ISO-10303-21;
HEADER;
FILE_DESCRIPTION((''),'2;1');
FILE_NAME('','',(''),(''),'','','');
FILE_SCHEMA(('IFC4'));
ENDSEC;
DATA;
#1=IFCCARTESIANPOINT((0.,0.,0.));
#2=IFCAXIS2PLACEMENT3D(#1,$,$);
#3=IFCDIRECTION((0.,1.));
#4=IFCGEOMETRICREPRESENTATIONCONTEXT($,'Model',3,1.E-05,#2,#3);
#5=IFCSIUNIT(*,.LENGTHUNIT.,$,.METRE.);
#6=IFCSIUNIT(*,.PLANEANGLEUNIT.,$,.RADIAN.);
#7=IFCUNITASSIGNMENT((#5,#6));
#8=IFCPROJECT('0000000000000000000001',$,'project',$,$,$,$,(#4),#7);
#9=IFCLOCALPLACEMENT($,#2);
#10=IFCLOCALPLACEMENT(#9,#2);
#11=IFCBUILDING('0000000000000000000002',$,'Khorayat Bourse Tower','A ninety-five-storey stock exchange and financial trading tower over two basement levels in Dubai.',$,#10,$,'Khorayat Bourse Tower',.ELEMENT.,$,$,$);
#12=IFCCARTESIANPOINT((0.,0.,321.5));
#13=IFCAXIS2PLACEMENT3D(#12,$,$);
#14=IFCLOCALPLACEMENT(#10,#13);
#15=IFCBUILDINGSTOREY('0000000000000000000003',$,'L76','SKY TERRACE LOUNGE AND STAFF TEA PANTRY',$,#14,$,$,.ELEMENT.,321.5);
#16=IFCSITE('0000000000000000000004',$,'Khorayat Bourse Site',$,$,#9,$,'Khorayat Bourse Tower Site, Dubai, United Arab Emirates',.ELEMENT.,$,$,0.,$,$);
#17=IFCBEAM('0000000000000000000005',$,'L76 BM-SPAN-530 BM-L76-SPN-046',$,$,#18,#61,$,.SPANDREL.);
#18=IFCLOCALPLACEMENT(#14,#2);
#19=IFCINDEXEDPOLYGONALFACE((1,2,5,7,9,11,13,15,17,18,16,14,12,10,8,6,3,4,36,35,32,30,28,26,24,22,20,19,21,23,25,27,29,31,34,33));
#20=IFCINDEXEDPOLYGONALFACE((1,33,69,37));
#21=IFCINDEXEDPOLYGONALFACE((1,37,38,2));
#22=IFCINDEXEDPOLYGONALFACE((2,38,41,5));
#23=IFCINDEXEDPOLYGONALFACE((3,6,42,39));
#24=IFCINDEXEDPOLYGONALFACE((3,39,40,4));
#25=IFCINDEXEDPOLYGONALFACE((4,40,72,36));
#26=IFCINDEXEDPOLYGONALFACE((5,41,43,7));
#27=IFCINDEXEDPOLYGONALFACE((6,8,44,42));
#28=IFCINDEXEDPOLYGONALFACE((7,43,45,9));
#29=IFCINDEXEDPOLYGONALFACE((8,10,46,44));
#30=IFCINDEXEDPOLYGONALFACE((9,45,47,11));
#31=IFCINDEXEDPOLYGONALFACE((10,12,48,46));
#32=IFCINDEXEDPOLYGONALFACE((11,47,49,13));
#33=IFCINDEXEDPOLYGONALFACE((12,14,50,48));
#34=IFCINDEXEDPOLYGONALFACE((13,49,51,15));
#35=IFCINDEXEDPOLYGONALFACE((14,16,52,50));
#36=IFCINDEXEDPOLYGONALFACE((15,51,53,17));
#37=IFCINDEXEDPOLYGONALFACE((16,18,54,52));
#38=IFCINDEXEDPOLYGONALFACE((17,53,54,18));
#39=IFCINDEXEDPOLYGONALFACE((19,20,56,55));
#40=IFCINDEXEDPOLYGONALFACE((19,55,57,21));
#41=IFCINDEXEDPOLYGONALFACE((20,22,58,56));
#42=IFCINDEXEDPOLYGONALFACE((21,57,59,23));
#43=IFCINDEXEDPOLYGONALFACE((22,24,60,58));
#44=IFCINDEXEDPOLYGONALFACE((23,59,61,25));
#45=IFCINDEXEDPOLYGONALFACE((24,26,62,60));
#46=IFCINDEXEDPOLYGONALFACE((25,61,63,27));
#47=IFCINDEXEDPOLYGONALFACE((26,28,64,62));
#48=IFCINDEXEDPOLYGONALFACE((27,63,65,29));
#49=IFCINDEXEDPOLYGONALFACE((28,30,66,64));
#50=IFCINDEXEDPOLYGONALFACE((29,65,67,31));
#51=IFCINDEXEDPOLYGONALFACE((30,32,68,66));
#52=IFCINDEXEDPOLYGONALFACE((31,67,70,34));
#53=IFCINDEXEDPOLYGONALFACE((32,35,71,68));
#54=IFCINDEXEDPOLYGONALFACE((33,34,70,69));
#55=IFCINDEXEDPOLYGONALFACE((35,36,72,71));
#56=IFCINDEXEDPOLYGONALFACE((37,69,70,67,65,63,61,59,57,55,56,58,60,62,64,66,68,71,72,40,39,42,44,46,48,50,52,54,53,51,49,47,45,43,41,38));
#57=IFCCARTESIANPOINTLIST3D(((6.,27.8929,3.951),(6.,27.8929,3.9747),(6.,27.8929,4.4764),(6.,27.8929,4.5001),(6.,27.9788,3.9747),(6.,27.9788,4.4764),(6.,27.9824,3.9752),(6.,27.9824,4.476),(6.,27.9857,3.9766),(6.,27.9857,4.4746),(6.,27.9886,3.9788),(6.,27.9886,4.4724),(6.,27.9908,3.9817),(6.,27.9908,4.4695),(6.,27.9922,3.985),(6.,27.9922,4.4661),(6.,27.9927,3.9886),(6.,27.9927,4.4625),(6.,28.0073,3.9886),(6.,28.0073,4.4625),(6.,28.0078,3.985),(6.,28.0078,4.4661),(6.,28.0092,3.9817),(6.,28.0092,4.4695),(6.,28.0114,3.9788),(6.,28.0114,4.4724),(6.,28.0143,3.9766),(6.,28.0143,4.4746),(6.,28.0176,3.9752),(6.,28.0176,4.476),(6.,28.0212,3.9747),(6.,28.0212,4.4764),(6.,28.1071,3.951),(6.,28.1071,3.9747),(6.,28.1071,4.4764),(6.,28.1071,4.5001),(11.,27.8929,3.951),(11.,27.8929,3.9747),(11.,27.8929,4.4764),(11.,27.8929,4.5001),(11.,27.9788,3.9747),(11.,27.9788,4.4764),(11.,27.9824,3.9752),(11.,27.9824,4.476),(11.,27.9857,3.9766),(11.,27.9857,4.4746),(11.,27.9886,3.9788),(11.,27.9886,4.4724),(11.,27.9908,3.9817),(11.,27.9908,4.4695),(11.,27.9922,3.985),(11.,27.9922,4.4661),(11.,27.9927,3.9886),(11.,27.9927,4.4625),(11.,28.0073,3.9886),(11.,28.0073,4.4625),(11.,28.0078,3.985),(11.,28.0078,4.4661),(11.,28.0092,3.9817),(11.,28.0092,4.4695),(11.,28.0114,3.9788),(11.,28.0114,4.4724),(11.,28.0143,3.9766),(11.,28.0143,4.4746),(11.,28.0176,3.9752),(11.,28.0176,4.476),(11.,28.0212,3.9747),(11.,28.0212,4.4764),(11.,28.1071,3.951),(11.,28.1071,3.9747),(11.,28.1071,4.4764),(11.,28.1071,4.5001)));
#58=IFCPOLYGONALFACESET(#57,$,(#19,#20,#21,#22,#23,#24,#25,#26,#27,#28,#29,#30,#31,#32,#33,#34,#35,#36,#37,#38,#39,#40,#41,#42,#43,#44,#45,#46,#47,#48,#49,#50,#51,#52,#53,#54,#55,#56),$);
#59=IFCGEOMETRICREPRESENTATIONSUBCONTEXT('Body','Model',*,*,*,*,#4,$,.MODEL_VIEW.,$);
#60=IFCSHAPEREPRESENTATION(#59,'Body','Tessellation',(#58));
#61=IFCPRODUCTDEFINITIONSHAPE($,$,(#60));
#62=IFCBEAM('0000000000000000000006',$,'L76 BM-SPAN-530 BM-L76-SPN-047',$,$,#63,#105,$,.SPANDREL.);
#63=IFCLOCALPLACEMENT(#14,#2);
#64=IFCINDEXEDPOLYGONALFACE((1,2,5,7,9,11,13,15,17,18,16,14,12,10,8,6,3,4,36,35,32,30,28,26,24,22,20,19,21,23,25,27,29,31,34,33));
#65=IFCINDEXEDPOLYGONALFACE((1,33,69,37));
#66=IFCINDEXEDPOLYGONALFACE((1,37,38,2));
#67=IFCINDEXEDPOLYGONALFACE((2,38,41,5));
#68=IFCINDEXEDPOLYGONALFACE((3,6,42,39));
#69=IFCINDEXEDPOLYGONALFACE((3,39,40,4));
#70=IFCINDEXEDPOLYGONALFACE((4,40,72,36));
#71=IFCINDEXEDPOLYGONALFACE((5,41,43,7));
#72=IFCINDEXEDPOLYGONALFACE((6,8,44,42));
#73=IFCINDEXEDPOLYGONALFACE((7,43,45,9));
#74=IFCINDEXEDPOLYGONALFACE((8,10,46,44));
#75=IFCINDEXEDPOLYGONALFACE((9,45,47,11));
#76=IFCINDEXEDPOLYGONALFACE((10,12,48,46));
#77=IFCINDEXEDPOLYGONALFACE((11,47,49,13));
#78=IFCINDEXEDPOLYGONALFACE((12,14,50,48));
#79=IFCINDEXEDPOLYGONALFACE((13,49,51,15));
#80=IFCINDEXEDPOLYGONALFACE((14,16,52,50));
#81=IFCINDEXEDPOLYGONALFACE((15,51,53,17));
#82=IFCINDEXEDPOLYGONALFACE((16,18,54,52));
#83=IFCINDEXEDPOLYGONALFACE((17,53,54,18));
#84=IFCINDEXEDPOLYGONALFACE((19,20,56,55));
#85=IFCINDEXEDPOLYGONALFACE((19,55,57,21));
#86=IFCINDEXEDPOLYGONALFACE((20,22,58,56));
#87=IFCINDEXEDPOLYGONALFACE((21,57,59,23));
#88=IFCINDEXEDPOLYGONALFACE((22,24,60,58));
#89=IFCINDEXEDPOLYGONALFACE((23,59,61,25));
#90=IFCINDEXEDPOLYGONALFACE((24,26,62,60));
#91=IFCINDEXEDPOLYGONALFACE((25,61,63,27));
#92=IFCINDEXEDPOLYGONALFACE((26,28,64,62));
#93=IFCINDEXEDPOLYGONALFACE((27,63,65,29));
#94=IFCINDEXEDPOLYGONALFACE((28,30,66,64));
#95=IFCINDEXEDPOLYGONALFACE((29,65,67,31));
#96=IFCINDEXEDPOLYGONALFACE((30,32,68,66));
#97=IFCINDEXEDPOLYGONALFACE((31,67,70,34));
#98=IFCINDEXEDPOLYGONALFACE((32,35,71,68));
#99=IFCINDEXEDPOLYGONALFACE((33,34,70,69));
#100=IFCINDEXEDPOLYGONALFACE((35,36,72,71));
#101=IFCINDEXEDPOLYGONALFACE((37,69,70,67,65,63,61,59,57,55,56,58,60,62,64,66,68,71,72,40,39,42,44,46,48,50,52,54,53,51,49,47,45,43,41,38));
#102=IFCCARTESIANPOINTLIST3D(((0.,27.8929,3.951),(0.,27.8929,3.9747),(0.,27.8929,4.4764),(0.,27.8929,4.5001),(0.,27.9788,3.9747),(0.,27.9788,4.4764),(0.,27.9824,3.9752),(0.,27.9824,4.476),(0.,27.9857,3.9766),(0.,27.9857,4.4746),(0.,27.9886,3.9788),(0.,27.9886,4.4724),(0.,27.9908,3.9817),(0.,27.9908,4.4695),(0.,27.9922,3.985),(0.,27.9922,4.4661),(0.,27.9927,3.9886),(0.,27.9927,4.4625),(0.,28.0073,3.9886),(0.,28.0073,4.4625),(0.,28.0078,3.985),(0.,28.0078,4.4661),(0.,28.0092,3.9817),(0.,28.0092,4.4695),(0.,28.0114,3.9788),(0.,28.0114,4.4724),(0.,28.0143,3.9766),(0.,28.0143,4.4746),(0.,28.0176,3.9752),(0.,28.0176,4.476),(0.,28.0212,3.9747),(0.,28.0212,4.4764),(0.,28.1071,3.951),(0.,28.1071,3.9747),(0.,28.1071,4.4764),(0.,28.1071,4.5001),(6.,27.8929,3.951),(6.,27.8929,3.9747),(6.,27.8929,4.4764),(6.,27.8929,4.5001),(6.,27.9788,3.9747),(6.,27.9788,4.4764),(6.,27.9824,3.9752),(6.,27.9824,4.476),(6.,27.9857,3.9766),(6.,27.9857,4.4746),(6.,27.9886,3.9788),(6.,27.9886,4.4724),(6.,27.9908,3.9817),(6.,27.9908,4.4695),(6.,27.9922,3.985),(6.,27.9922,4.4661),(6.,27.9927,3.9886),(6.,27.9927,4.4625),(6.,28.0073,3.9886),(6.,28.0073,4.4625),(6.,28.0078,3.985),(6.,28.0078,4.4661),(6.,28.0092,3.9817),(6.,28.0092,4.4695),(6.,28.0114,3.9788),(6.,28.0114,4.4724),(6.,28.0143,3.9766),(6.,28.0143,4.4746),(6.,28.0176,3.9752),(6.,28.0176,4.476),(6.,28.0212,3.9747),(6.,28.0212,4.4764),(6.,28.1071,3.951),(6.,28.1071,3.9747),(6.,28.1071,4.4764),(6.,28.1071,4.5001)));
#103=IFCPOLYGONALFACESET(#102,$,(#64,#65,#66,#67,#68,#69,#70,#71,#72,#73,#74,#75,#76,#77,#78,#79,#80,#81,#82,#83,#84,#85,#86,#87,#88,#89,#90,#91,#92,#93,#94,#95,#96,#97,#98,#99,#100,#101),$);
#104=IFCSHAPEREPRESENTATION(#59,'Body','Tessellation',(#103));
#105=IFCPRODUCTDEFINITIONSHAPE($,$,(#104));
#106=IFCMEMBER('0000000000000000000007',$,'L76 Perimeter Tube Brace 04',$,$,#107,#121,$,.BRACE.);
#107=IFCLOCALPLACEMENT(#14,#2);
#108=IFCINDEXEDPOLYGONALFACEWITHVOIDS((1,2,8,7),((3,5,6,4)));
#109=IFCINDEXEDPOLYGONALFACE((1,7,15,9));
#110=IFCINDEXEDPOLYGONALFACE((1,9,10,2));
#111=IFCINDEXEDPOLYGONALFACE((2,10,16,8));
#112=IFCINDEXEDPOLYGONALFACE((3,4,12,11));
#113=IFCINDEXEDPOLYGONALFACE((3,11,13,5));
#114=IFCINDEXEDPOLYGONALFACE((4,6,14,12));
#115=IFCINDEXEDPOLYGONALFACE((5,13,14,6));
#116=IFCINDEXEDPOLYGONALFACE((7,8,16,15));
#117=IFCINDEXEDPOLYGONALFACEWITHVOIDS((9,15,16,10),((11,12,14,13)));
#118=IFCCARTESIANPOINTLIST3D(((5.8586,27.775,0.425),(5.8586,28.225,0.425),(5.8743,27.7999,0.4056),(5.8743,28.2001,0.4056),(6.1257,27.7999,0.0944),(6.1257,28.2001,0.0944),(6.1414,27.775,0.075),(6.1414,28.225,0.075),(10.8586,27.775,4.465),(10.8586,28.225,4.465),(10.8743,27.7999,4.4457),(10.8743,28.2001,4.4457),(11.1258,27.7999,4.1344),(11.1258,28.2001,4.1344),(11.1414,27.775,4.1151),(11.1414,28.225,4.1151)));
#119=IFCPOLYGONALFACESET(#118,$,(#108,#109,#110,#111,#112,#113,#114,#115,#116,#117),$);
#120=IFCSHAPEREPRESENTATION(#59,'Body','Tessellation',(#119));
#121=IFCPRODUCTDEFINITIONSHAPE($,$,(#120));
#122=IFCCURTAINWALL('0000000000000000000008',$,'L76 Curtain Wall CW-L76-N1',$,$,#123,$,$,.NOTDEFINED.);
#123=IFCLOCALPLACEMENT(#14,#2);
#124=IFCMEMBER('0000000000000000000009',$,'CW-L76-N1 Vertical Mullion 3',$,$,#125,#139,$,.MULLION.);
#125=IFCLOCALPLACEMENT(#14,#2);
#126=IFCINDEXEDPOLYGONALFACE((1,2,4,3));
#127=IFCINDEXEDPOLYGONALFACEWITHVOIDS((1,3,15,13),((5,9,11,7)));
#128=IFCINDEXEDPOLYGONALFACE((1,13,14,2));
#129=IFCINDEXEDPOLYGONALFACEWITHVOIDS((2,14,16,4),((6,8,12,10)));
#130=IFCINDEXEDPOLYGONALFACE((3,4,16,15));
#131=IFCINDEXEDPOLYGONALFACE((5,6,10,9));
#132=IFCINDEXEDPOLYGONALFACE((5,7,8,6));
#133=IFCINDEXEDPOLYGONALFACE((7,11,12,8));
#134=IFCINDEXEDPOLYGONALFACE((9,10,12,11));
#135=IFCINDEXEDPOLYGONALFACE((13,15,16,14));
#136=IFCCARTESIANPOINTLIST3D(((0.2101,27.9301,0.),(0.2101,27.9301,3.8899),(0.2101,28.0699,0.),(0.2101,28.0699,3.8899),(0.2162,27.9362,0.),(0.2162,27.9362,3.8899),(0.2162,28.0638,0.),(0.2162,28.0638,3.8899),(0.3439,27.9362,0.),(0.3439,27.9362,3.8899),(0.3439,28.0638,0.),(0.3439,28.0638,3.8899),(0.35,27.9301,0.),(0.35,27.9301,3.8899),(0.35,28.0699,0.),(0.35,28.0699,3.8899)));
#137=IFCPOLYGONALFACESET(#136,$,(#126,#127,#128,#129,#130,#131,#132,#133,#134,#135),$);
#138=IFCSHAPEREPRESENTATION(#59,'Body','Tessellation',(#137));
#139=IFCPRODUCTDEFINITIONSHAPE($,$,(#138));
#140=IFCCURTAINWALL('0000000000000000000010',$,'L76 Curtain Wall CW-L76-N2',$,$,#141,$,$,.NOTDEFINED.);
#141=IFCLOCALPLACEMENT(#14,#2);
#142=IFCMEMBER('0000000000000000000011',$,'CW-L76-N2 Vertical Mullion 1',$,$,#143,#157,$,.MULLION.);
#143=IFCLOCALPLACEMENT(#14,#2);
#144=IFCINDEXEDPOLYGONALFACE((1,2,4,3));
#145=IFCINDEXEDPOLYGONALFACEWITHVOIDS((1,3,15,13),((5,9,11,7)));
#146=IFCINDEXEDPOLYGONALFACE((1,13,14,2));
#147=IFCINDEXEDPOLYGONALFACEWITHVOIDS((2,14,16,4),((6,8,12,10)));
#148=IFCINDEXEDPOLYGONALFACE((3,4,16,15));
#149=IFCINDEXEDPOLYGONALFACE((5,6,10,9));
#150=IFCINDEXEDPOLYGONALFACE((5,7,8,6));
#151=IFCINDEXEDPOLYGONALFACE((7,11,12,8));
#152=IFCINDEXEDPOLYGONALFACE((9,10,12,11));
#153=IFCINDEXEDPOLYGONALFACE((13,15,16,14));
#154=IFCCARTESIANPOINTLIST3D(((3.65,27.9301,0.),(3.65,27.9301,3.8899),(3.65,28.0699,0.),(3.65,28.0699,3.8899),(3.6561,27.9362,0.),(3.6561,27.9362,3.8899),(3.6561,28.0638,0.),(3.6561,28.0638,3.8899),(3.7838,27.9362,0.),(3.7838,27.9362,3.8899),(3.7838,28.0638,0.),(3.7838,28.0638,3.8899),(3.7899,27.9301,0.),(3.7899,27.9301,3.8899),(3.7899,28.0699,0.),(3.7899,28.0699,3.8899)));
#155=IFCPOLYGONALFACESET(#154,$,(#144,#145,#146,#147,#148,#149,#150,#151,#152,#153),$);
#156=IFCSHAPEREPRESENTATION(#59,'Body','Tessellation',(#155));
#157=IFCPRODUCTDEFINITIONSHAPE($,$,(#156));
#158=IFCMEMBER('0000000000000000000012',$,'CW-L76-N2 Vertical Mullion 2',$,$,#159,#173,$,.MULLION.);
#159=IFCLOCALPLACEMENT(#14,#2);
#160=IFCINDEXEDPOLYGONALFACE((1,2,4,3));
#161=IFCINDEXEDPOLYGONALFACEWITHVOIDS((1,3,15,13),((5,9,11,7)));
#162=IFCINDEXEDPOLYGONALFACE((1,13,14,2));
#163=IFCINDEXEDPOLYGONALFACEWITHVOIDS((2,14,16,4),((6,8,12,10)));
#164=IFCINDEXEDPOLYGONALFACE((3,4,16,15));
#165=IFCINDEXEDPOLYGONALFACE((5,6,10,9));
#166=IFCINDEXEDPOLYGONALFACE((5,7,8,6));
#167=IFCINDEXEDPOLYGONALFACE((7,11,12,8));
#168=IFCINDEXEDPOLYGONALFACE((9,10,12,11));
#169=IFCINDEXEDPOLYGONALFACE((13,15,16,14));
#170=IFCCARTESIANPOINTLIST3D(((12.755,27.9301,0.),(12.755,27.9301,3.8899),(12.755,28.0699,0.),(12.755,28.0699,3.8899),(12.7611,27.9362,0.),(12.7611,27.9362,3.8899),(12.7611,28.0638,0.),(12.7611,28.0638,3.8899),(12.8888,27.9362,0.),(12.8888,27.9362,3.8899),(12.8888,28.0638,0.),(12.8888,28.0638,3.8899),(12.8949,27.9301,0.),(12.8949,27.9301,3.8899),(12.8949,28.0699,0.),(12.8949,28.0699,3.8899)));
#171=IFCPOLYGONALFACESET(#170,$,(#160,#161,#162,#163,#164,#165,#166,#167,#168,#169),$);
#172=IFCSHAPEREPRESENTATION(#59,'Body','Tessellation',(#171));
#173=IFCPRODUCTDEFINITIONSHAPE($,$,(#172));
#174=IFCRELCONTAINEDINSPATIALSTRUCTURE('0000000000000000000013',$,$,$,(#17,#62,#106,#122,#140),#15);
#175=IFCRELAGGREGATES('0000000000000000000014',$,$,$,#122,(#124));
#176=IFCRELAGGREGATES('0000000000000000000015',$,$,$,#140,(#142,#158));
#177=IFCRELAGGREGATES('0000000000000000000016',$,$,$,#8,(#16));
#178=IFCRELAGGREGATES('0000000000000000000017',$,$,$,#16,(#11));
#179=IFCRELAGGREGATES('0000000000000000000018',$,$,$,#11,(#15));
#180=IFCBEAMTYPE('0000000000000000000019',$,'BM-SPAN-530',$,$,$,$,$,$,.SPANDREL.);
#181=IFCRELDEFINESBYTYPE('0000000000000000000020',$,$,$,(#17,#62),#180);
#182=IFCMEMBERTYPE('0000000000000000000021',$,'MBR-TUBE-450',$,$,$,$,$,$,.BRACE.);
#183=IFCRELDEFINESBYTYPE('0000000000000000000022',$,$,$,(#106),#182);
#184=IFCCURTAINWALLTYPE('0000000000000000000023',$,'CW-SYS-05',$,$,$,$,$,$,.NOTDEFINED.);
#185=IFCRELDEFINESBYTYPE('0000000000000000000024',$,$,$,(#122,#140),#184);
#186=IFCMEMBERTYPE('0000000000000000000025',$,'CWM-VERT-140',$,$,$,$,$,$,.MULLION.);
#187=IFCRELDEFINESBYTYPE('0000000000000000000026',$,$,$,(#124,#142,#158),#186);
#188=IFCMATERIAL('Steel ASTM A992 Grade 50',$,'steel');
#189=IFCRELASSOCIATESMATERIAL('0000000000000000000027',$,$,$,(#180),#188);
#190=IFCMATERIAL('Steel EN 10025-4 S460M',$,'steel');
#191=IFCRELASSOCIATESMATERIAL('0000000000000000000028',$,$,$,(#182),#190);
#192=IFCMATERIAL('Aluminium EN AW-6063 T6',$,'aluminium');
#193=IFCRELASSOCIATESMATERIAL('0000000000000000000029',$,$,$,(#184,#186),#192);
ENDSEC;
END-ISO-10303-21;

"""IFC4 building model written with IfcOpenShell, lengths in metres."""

from ifc_helpers import new_model, si_unit, direction, frame, origin, origin_2d, place, context, subcontext, project, spatial, hollow_rectangle, i_section, extrude, source, transform, mapped, material, material_profile, profile_set, type_object, element, aggregate, save


model = new_model("IFC4")

# Units and contexts
model_context = context("Model", 3, precision=1e-05, world=origin(), true_north=direction((0.0, 1.0)))
body_context = subcontext(model_context, "Body", "Model", "MODEL_VIEW")
ifc_project = project(units=[si_unit("LENGTHUNIT", "METRE"), si_unit("PLANEANGLEUNIT", "RADIAN")], contexts=[model_context])

# Site, building, storey
site_placement = place(None, origin())
site = spatial("IfcSite", under=ifc_project, at=site_placement, Name="Khorayat Bourse Site", LongName="Khorayat Bourse Tower Site, Dubai, United Arab Emirates", CompositionType="ELEMENT", RefElevation=0.0)
building_placement = place(site_placement, origin())
building = spatial("IfcBuilding", under=site, at=building_placement, Name="Khorayat Bourse Tower", Description="A ninety-five-storey stock exchange and financial trading tower over two basement levels in Dubai.", LongName="Khorayat Bourse Tower", CompositionType="ELEMENT")
storey_placement = place(building_placement, frame((0.0, 0.0, 321.5)))
storey = spatial("IfcBuildingStorey", under=building, at=storey_placement, Name="L76", Description="SKY TERRACE LOUNGE AND STAFF TEA PANTRY", CompositionType="ELEMENT", Elevation=321.5)

# Shared definitions
ifc_material_1 = material(Name="Steel EN 10025-4 S460M", Category="steel")

# Beams
ifc_material_2 = material(Name="Steel ASTM A992 Grade 50", Category="steel")
ifc_material_profile_1 = material_profile(ifc_material_2, i_section(OverallWidth=0.2141, OverallDepth=0.5491, WebThickness=0.0146, FlangeThickness=0.0237, FilletRadius=0.0139, at=origin_2d()), Name="W530X138")
ifc_profile_set_1 = profile_set([ifc_material_profile_1], Name="Steel ASTM A992 Grade 50")
beam_type_1 = type_object("IfcBeamType", Name="BM-SPAN-530", PredefinedType="SPANDREL", material=ifc_profile_set_1)
shared_shape_1 = source(origin(), body_context, "Body", "SweptSolid", [
    extrude(i_section(OverallWidth=0.2141, OverallDepth=0.5491, WebThickness=0.0146, FlangeThickness=0.0237, FilletRadius=0.0139, at=origin_2d()), origin(), (0.0, 0.0, 1.0), 5.0),
])
beam_1_placement = place(storey_placement, frame((6.0, 28.0, 4.2256), z_axis=(1.0, 0.0, 0.0), x_axis=(0.0, 1.0, 0.0)))
element("IfcBeam", 1, at=beam_1_placement, inside=storey, type_object=beam_type_1, Name="L76 BM-SPAN-530 BM-L76-SPN-046", PredefinedType="SPANDREL", context=body_context, shape_type="MappedRepresentation", body=[
    mapped(shared_shape_1, transform((0.0, 0.0, 0.0), scale=1.0)),
])
shared_shape_2 = source(origin(), body_context, "Body", "SweptSolid", [
    extrude(i_section(OverallWidth=0.2141, OverallDepth=0.5491, WebThickness=0.0146, FlangeThickness=0.0237, FilletRadius=0.0139, at=origin_2d()), origin(), (0.0, 0.0, 1.0), 6.0),
])
beam_2_placement = place(storey_placement, frame((0.0, 28.0, 4.2256), z_axis=(1.0, 0.0, 0.0), x_axis=(0.0, 1.0, 0.0)))
element("IfcBeam", 2, at=beam_2_placement, inside=storey, type_object=beam_type_1, Name="L76 BM-SPAN-530 BM-L76-SPN-047", PredefinedType="SPANDREL", context=body_context, shape_type="MappedRepresentation", body=[
    mapped(shared_shape_2, transform((0.0, 0.0, 0.0), scale=1.0)),
])

# Member
ifc_material_profile_2 = material_profile(ifc_material_1, hollow_rectangle(XDim=0.45, YDim=0.45, WallThickness=0.0249, at=origin_2d()), Name="HSS 450x450x25")
ifc_profile_set_2 = profile_set([ifc_material_profile_2], Name="Steel EN 10025-4 S460M")
member_type_1 = type_object("IfcMemberType", Name="MBR-TUBE-450", PredefinedType="BRACE", material=ifc_profile_set_2)
shared_shape_3 = source(origin(), body_context, "Body", "SweptSolid", [
    extrude(hollow_rectangle(XDim=0.45, YDim=0.45, WallThickness=0.0249, at=origin_2d()), origin(), (0.0, 0.0, 1.0), 6.4282),
])
member_1_placement = place(storey_placement, frame((6.0, 28.0, 0.25), z_axis=(0.777821, 0.0, 0.628486), x_axis=(0.0, 1.0, 0.0)))
element("IfcMember", 3, at=member_1_placement, inside=storey, type_object=member_type_1, Name="L76 Perimeter Tube Brace 04", PredefinedType="BRACE", context=body_context, shape_type="MappedRepresentation", body=[
    mapped(shared_shape_3, transform((0.0, 0.0, 0.0), scale=1.0)),
])

# Curtain wall, member
ifc_material_3 = material(Name="Aluminium EN AW-6063 T6", Category="aluminium")
curtain_wall_type = type_object("IfcCurtainWallType", Name="CW-SYS-05", PredefinedType="NOTDEFINED", material=ifc_material_3)
curtain_wall_1_placement = place(storey_placement, origin())
curtain_wall_1 = element("IfcCurtainWall", 4, at=curtain_wall_1_placement, inside=storey, type_object=curtain_wall_type, Name="L76 Curtain Wall CW-L76-N1", PredefinedType="NOTDEFINED")
ifc_material_profile_3 = material_profile(ifc_material_3, hollow_rectangle(XDim=0.1399, YDim=0.1399, WallThickness=0.0061, at=origin_2d()), Name="ALU 140x140x6")
ifc_profile_set_3 = profile_set([ifc_material_profile_3], Name="Aluminium EN AW-6063 T6")
member_type_2 = type_object("IfcMemberType", Name="CWM-VERT-140", PredefinedType="MULLION", material=ifc_profile_set_3)
shared_shape_4 = source(origin(), body_context, "Body", "SweptSolid", [
    extrude(hollow_rectangle(XDim=0.1399, YDim=0.1399, WallThickness=0.0061, at=origin_2d()), origin(), (0.0, 0.0, 1.0), 3.8899),
])
member_2_placement = place(storey_placement, frame((0.28, 28.0, 0.0), z_axis=(0.0, 0.0, 1.0), x_axis=(0.0, 1.0, 0.0)))
member_2 = element("IfcMember", 5, at=member_2_placement, type_object=member_type_2, Name="CW-L76-N1 Vertical Mullion 3", PredefinedType="MULLION", context=body_context, shape_type="MappedRepresentation", body=[
    mapped(shared_shape_4, transform((0.0, 0.0, 0.0), scale=1.0)),
])
aggregate(curtain_wall_1, [member_2])

# Curtain wall, members
curtain_wall_2_placement = place(storey_placement, origin())
curtain_wall_2 = element("IfcCurtainWall", 6, at=curtain_wall_2_placement, inside=storey, type_object=curtain_wall_type, Name="L76 Curtain Wall CW-L76-N2", PredefinedType="NOTDEFINED")
member_3_placement = place(storey_placement, frame((3.72, 28.0, 0.0), z_axis=(0.0, 0.0, 1.0), x_axis=(0.0, 1.0, 0.0)))
member_3 = element("IfcMember", 7, at=member_3_placement, type_object=member_type_2, Name="CW-L76-N2 Vertical Mullion 1", PredefinedType="MULLION", context=body_context, shape_type="MappedRepresentation", body=[
    mapped(shared_shape_4, transform((0.0, 0.0, 0.0), scale=1.0)),
])
member_4_placement = place(storey_placement, frame((12.825, 28.0, 0.0), z_axis=(0.0, 0.0, 1.0), x_axis=(0.0, 1.0, 0.0)))
member_4 = element("IfcMember", 8, at=member_4_placement, type_object=member_type_2, Name="CW-L76-N2 Vertical Mullion 2", PredefinedType="MULLION", context=body_context, shape_type="MappedRepresentation", body=[
    mapped(shared_shape_4, transform((0.0, 0.0, 0.0), scale=1.0)),
])

aggregate(curtain_wall_2, [member_3, member_4])

save(model, "model.ifc")
